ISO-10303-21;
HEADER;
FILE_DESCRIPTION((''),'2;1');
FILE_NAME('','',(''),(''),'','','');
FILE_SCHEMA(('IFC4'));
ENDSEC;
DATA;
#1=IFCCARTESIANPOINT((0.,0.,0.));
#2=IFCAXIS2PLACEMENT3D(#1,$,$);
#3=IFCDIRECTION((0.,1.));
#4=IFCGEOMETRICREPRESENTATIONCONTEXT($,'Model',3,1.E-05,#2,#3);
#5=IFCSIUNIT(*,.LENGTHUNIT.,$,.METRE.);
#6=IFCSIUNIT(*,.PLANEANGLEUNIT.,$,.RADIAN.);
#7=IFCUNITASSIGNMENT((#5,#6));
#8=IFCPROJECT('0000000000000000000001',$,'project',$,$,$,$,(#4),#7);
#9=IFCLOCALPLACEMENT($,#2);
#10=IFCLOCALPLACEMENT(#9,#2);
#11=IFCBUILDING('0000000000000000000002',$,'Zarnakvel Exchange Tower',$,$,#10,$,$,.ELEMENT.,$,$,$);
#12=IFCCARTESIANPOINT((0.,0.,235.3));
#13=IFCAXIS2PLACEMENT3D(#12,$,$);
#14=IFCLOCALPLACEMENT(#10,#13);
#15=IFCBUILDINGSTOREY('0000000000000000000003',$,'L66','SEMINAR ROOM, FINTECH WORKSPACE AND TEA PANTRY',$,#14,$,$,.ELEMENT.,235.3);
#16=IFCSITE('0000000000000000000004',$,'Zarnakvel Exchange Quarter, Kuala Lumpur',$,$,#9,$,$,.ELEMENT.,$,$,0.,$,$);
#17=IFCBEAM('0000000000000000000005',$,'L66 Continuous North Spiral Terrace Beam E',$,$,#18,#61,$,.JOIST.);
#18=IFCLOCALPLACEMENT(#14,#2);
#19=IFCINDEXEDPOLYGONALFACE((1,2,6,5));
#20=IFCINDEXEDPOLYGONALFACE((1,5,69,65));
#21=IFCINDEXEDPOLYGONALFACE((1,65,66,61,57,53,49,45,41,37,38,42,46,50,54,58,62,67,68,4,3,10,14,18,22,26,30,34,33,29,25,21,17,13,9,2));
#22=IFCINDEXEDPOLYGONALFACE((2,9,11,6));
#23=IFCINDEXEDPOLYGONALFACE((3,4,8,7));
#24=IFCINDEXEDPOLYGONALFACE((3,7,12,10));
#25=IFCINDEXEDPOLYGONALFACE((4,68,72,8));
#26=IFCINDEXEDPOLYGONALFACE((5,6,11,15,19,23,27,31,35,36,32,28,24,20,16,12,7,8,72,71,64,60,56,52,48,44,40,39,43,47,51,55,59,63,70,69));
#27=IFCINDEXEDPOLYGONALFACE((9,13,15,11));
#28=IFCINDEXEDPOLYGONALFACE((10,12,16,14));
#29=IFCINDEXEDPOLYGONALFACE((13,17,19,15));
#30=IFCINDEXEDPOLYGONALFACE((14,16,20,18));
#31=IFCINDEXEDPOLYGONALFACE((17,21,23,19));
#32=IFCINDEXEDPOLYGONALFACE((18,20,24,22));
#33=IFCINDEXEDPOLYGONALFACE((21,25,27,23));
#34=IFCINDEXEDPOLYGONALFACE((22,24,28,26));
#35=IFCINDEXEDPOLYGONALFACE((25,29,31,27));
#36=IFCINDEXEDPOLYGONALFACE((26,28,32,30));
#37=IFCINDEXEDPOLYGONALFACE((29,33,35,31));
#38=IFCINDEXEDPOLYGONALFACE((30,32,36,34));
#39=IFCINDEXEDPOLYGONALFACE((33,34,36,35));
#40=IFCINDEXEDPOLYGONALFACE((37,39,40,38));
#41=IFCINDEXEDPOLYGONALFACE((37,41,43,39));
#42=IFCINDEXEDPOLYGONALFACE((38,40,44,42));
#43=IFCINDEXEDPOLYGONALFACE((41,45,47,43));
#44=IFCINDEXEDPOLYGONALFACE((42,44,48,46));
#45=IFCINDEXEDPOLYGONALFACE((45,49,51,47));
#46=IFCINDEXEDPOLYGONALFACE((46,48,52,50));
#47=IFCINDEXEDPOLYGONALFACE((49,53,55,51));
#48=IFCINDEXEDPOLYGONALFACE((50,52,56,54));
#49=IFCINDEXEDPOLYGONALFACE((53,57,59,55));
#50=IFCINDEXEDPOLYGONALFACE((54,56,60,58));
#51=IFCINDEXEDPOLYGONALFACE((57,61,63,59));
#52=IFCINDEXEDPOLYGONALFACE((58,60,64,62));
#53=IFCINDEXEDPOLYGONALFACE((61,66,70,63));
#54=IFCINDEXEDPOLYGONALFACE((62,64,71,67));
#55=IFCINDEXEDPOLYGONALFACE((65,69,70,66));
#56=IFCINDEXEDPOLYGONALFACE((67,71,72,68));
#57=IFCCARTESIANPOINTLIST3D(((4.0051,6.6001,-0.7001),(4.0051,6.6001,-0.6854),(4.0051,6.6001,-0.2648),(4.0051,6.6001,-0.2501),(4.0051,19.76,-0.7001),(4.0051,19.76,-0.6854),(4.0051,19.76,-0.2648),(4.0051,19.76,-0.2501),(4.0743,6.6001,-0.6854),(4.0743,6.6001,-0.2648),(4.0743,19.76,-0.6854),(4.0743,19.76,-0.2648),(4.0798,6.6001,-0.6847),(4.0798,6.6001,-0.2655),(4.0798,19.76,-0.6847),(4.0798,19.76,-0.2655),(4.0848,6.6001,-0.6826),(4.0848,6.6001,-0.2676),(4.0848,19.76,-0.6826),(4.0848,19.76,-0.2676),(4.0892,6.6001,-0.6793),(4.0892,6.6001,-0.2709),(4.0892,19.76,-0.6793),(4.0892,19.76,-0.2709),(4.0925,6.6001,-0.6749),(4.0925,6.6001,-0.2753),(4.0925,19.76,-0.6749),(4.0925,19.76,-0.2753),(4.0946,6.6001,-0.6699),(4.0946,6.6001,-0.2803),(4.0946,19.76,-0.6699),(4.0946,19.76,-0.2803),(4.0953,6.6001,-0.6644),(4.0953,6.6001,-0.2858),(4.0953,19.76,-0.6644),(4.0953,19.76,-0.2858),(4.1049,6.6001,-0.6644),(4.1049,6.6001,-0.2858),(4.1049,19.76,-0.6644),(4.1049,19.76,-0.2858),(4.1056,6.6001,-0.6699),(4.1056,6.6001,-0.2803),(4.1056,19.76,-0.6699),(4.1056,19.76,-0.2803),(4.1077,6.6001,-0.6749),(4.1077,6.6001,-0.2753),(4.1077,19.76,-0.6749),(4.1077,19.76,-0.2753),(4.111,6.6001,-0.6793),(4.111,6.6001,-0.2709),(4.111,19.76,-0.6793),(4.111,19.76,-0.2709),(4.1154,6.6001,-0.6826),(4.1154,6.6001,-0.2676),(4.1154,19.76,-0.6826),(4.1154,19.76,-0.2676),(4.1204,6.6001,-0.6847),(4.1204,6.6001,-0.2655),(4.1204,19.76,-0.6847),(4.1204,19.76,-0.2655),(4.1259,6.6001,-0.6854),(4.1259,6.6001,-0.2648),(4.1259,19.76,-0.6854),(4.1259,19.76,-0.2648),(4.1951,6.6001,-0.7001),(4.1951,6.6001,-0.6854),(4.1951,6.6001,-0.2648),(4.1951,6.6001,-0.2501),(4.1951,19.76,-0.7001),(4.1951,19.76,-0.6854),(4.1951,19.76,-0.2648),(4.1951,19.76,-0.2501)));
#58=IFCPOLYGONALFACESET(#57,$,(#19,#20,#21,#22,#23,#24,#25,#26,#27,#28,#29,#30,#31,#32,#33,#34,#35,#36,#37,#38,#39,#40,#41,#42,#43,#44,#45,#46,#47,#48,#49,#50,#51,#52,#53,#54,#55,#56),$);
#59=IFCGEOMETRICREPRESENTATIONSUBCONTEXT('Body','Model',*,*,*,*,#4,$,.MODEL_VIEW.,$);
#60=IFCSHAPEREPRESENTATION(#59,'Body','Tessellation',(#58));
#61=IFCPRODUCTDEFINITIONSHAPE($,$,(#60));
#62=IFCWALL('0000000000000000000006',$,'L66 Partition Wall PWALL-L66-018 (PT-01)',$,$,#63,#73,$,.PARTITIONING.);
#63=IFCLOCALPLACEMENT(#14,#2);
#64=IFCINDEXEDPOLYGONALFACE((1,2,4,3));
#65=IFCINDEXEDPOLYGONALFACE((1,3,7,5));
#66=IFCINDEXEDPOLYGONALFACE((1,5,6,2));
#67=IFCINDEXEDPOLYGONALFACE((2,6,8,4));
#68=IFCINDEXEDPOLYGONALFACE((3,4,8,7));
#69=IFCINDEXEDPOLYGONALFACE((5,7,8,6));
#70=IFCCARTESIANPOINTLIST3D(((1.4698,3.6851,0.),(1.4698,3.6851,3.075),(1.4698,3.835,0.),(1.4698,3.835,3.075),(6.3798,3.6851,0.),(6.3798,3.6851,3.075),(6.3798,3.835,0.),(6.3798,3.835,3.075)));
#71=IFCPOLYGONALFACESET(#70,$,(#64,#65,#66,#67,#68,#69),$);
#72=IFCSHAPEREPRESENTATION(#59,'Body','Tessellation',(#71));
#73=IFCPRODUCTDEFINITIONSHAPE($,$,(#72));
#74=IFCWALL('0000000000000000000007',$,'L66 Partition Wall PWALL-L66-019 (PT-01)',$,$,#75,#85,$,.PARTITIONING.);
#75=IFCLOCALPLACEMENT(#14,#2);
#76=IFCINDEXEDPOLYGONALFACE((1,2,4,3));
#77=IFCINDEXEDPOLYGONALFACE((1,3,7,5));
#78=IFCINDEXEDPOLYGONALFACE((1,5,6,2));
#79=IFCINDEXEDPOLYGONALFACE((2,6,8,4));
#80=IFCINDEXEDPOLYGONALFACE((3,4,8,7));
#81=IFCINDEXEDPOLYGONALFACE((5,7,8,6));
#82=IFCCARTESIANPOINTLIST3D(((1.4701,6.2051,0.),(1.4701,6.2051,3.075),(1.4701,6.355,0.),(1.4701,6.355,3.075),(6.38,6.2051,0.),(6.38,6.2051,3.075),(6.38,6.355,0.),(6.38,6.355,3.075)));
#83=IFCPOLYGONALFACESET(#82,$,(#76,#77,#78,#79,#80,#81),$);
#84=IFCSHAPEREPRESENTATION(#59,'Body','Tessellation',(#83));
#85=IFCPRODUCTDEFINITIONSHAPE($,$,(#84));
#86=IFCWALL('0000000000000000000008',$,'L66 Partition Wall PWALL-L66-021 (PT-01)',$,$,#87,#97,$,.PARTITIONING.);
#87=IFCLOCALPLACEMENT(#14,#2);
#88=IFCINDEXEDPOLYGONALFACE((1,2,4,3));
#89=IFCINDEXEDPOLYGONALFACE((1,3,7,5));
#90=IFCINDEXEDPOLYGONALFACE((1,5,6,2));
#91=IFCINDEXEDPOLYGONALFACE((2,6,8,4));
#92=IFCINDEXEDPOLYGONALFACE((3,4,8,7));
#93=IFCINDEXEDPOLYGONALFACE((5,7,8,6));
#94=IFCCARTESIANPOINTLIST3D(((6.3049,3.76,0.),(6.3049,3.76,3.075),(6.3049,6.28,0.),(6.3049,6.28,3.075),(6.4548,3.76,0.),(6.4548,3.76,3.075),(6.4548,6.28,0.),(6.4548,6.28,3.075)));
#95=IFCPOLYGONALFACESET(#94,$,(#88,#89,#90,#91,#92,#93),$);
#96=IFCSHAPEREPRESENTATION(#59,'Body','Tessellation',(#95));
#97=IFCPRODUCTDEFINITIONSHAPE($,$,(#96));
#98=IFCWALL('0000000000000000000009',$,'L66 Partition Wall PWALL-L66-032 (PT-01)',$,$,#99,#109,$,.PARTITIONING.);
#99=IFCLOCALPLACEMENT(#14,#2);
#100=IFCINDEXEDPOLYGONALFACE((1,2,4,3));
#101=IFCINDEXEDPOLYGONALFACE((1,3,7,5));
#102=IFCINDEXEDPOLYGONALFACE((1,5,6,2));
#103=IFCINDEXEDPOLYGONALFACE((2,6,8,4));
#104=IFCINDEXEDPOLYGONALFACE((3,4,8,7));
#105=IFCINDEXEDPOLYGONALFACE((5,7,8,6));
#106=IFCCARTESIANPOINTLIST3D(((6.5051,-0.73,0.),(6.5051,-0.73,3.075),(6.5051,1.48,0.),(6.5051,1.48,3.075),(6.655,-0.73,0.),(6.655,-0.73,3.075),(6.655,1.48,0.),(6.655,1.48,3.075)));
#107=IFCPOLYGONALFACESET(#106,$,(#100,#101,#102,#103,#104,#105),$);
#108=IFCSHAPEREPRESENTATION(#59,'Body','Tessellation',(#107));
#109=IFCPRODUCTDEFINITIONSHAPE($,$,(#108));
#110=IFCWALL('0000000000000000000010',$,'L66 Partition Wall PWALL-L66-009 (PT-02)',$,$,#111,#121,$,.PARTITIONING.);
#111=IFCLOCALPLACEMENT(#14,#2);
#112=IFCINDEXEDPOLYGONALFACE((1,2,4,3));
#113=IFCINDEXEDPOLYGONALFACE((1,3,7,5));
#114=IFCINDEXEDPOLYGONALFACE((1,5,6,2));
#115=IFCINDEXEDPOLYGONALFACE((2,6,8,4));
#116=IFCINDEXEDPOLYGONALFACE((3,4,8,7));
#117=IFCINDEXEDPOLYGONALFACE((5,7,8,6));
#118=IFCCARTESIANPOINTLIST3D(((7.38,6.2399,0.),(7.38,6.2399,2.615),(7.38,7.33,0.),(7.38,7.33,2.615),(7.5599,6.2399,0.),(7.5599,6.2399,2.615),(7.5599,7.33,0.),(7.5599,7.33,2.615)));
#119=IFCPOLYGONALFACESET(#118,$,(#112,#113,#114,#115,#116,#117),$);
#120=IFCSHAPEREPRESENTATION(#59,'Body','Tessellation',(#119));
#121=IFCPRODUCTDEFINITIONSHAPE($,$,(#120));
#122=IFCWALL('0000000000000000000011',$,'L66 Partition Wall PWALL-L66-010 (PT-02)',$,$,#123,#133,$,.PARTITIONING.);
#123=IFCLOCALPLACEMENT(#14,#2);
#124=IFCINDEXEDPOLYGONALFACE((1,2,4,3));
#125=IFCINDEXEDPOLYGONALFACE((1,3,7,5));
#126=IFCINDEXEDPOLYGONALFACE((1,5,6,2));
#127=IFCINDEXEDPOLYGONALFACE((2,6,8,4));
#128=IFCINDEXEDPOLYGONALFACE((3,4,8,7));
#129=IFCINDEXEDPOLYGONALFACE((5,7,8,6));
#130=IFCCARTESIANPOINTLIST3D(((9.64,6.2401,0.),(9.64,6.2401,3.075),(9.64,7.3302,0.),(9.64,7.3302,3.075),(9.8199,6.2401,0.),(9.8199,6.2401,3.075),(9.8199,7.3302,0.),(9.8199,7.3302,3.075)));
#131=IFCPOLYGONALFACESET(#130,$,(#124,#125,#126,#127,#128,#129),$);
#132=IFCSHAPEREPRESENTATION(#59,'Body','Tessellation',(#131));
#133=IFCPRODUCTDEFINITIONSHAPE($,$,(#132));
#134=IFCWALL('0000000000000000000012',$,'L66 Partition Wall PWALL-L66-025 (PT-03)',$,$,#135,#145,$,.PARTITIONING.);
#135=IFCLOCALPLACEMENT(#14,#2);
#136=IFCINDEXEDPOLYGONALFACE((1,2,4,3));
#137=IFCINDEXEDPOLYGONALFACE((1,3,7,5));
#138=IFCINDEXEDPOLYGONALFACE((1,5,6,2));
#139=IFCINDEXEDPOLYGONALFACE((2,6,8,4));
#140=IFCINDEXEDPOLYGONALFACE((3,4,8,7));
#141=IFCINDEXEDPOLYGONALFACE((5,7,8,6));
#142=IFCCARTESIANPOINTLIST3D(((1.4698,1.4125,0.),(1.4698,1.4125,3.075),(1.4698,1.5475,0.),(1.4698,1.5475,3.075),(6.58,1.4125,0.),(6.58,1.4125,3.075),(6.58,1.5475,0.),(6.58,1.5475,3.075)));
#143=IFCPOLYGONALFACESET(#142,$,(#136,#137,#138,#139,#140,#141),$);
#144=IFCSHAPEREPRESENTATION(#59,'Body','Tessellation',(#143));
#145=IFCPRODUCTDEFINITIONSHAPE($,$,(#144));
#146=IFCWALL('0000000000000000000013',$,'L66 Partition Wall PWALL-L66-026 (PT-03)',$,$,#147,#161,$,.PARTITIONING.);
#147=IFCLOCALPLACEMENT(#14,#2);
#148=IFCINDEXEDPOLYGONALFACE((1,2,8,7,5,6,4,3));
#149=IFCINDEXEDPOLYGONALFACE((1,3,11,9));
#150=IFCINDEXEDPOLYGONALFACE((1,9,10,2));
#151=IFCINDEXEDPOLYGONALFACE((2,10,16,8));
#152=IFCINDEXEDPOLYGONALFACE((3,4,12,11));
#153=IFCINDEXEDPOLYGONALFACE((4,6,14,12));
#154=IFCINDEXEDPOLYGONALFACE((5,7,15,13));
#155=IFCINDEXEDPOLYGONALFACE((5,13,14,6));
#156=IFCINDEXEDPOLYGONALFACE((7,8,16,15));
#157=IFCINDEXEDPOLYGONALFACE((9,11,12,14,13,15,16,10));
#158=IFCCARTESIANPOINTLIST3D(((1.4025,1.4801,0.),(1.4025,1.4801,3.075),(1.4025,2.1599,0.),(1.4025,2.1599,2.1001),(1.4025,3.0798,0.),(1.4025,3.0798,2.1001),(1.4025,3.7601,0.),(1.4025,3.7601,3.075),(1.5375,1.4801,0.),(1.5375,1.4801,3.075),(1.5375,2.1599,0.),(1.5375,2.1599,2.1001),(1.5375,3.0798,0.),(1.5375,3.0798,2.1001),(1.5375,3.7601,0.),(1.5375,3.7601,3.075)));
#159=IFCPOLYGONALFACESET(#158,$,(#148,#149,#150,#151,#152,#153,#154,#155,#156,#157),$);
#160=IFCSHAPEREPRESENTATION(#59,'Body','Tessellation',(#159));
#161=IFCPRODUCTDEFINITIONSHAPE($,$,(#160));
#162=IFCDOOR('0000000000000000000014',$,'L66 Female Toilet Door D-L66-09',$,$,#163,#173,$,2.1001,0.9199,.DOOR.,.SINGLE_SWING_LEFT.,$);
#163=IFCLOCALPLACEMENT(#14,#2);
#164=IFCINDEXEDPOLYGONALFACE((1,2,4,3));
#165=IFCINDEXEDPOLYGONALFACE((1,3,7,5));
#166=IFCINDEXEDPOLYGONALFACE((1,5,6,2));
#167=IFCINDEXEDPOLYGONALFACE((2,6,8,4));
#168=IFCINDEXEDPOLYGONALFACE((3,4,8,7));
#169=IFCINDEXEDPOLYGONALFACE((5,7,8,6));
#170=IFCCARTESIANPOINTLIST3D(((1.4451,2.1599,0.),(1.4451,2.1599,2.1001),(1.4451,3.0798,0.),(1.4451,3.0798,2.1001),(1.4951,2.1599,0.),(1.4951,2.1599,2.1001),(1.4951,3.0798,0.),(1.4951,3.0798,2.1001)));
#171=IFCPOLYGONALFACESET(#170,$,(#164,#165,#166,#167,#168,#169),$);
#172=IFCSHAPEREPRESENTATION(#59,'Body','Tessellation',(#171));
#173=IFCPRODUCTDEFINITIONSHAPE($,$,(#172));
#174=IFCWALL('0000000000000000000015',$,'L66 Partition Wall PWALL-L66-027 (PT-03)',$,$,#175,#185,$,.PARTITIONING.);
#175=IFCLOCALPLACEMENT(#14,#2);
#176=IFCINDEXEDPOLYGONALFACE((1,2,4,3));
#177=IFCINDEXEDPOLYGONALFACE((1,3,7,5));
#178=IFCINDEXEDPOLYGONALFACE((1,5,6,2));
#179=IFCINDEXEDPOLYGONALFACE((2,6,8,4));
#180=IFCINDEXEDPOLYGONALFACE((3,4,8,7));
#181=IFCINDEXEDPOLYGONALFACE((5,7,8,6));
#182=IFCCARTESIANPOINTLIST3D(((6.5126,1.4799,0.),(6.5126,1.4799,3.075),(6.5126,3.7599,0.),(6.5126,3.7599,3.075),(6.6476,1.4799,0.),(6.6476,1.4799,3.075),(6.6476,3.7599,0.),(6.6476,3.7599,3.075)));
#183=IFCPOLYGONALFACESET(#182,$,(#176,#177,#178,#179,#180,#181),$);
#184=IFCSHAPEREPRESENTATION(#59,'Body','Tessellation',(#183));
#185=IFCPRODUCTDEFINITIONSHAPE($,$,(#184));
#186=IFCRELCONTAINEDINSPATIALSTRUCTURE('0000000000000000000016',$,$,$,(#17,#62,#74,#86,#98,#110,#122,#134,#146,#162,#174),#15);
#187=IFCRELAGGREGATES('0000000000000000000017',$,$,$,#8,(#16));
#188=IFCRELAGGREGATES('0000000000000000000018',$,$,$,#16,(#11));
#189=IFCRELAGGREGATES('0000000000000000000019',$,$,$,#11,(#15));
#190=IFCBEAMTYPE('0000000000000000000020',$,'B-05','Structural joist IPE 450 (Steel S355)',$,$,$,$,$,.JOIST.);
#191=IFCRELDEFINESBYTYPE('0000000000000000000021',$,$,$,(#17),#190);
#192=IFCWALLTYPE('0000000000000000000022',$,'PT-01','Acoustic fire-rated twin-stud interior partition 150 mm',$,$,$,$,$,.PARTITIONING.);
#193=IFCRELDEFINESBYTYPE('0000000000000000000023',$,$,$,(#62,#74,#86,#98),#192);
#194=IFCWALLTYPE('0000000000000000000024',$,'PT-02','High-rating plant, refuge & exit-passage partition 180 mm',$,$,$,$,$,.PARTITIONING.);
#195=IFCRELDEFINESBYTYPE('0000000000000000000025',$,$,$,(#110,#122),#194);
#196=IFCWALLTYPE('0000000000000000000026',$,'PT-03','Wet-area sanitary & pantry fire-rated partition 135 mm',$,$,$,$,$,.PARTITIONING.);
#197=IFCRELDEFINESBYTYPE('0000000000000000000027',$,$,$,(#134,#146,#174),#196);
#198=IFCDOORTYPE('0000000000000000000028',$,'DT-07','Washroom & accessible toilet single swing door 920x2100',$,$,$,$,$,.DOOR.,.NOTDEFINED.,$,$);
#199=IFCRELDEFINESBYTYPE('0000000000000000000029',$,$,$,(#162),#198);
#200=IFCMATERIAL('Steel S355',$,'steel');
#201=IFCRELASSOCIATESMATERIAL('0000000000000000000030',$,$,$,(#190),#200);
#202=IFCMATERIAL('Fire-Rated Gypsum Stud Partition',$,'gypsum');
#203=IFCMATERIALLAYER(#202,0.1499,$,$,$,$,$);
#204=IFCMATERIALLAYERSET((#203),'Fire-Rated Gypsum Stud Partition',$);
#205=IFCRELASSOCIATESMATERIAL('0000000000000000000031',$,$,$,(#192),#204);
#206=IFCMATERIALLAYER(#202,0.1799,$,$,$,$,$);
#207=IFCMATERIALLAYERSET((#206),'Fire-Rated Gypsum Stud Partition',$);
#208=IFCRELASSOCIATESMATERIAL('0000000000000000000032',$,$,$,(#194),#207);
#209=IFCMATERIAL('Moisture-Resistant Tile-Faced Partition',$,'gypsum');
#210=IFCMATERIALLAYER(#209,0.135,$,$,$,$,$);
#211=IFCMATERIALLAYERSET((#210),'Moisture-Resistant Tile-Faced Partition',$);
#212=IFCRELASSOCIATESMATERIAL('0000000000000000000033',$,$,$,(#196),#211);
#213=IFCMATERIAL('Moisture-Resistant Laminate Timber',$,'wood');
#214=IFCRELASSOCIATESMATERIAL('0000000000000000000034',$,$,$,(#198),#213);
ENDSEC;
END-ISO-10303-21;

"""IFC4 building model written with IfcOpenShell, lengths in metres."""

from ifc_helpers import new_model, si_unit, direction, frame, frame_2d, origin, origin_2d, place, context, subcontext, project, spatial, rectangle, i_section, extrude, source, transform, mapped, material, layer, layer_set, material_profile, profile_set, type_object, element, fill, save


model = new_model("IFC4")

# Units and contexts
model_context = context("Model", 3, precision=1e-05, world=origin(), true_north=direction((0.0, 1.0)))
body_context = subcontext(model_context, "Body", "Model", "MODEL_VIEW")
ifc_project = project(units=[si_unit("LENGTHUNIT", "METRE"), si_unit("PLANEANGLEUNIT", "RADIAN")], contexts=[model_context])

# Site, building, storey
site_placement = place(None, origin())
site = spatial("IfcSite", under=ifc_project, at=site_placement, Name="Zarnakvel Exchange Quarter, Kuala Lumpur", CompositionType="ELEMENT", RefElevation=0.0)
building_placement = place(site_placement, origin())
building = spatial("IfcBuilding", under=site, at=building_placement, Name="Zarnakvel Exchange Tower", CompositionType="ELEMENT")
storey_placement = place(building_placement, frame((0.0, 0.0, 235.3)))
storey = spatial("IfcBuildingStorey", under=building, at=storey_placement, Name="L66", Description="SEMINAR ROOM, FINTECH WORKSPACE AND TEA PANTRY", CompositionType="ELEMENT", Elevation=235.3)

# Beam
ifc_material_1 = material(Name="Steel S355", Category="steel")
ifc_material_profile = material_profile(ifc_material_1, i_section(OverallWidth=0.1899, OverallDepth=0.45, WebThickness=0.0095, FlangeThickness=0.0146, FilletRadius=0.021, at=origin_2d()))
ifc_profile_set = profile_set([ifc_material_profile], Name="Steel S355")
beam_type = type_object("IfcBeamType", Name="B-05", Description="Structural joist IPE 450 (Steel S355)", PredefinedType="JOIST", material=ifc_profile_set)
beam_placement = place(storey_placement, frame((4.1001, 6.6001, -0.4751), z_axis=(0.0, 1.0, 0.0), x_axis=(-1.0, 0.0, 0.0)))
element("IfcBeam", 1, at=beam_placement, inside=storey, type_object=beam_type, Name="L66 Continuous North Spiral Terrace Beam E", PredefinedType="JOIST", context=body_context, shape_type="SweptSolid", body=[
    extrude(i_section(OverallWidth=0.1899, OverallDepth=0.45, WebThickness=0.0095, FlangeThickness=0.0146, FilletRadius=0.021, at=origin_2d()), origin(), (0.0, 0.0, 1.0), 13.1599),
])

# Walls
ifc_material_2 = material(Name="Fire-Rated Gypsum Stud Partition", Category="gypsum")
ifc_layer_1 = layer(ifc_material_2, 0.1499)
ifc_layer_set_1 = layer_set([ifc_layer_1], Name="Fire-Rated Gypsum Stud Partition")
wall_type_1 = type_object("IfcWallType", Name="PT-01", Description="Acoustic fire-rated twin-stud interior partition 150 mm", PredefinedType="PARTITIONING", material=ifc_layer_set_1)
for number, where, z_axis, x_axis, name in (
    (2, (6.3799, 3.76, 0.0), (0.0, 0.0, 1.0), (-1.0, 0.0, 0.0), "L66 Partition Wall PWALL-L66-018 (PT-01)"),
    (3, (1.47, 6.28, 0.0), (0.0, 0.0, 1.0), (1.0, 0.0, 0.0), "L66 Partition Wall PWALL-L66-019 (PT-01)"),
):
    element("IfcWall", number, at=place(storey_placement, frame(where, z_axis=z_axis, x_axis=x_axis)), inside=storey, type_object=wall_type_1, Name=name, PredefinedType="PARTITIONING", context=body_context, shape_type="SweptSolid", body=[
        extrude(rectangle(XDim=4.9099, YDim=0.1499, at=frame_2d((2.4551, 0.0))), origin(), (0.0, 0.0, 1.0), 3.075),
    ])

# Walls
wall_1_placement = place(storey_placement, frame((6.3799, 6.28, 0.0), z_axis=(0.0, 0.0, 1.0), x_axis=(0.0, -1.0, 0.0)))
element("IfcWall", 4, at=wall_1_placement, inside=storey, type_object=wall_type_1, Name="L66 Partition Wall PWALL-L66-021 (PT-01)", PredefinedType="PARTITIONING", context=body_context, shape_type="SweptSolid", body=[
    extrude(rectangle(XDim=2.52, YDim=0.1499, at=frame_2d((1.26, 0.0))), origin(), (0.0, 0.0, 1.0), 3.075),
])
wall_2_placement = place(storey_placement, frame((6.5801, 1.48, 0.0), z_axis=(0.0, 0.0, 1.0), x_axis=(0.0, -1.0, 0.0)))
element("IfcWall", 5, at=wall_2_placement, inside=storey, type_object=wall_type_1, Name="L66 Partition Wall PWALL-L66-032 (PT-01)", PredefinedType="PARTITIONING", context=body_context, shape_type="SweptSolid", body=[
    extrude(rectangle(XDim=2.21, YDim=0.1499, at=frame_2d((1.105, 0.0))), origin(), (0.0, 0.0, 1.0), 3.075),
])
ifc_layer_2 = layer(ifc_material_2, 0.1799)
ifc_layer_set_2 = layer_set([ifc_layer_2], Name="Fire-Rated Gypsum Stud Partition")
wall_type_2 = type_object("IfcWallType", Name="PT-02", Description="High-rating plant, refuge & exit-passage partition 180 mm", PredefinedType="PARTITIONING", material=ifc_layer_set_2)
wall_3_placement = place(storey_placement, frame((7.47, 6.24, 0.0), z_axis=(0.0, 0.0, 1.0), x_axis=(0.0, 1.0, 0.0)))
element("IfcWall", 6, at=wall_3_placement, inside=storey, type_object=wall_type_2, Name="L66 Partition Wall PWALL-L66-009 (PT-02)", PredefinedType="PARTITIONING", context=body_context, shape_type="SweptSolid", body=[
    extrude(rectangle(XDim=1.0901, YDim=0.1799, at=frame_2d((0.5449, 0.0))), origin(), (0.0, 0.0, 1.0), 2.615),
])
wall_4_placement = place(storey_placement, frame((9.73, 7.3301, 0.0), z_axis=(0.0, 0.0, 1.0), x_axis=(0.0, -1.0, 0.0)))
element("IfcWall", 7, at=wall_4_placement, inside=storey, type_object=wall_type_2, Name="L66 Partition Wall PWALL-L66-010 (PT-02)", PredefinedType="PARTITIONING", context=body_context, shape_type="SweptSolid", body=[
    extrude(rectangle(XDim=1.0901, YDim=0.1799, at=frame_2d((0.5449, 0.0))), origin(), (0.0, 0.0, 1.0), 3.075),
])
ifc_material_3 = material(Name="Moisture-Resistant Tile-Faced Partition", Category="gypsum")
ifc_layer_3 = layer(ifc_material_3, 0.135)
ifc_layer_set_3 = layer_set([ifc_layer_3], Name="Moisture-Resistant Tile-Faced Partition")
wall_type_3 = type_object("IfcWallType", Name="PT-03", Description="Wet-area sanitary & pantry fire-rated partition 135 mm", PredefinedType="PARTITIONING", material=ifc_layer_set_3)
wall_5_placement = place(storey_placement, frame((6.5801, 1.48, 0.0), z_axis=(0.0, 0.0, 1.0), x_axis=(-1.0, 0.0, 0.0)))
element("IfcWall", 8, at=wall_5_placement, inside=storey, type_object=wall_type_3, Name="L66 Partition Wall PWALL-L66-025 (PT-03)", PredefinedType="PARTITIONING", context=body_context, shape_type="SweptSolid", body=[
    extrude(rectangle(XDim=5.1101, YDim=0.135, at=frame_2d((2.5552, 0.0))), origin(), (0.0, 0.0, 1.0), 3.075),
])

# Wall, opening, door
wall_6_placement = place(storey_placement, frame((1.47, 1.48, 0.0), z_axis=(0.0, 0.0, 1.0), x_axis=(0.0, 1.0, 0.0)))
wall_6 = element("IfcWall", 9, at=wall_6_placement, inside=storey, type_object=wall_type_3, Name="L66 Partition Wall PWALL-L66-026 (PT-03)", PredefinedType="PARTITIONING", context=body_context, shape_type="SweptSolid", body=[
    extrude(rectangle(XDim=2.28, YDim=0.135, at=frame_2d((1.1401, 0.0))), origin(), (0.0, 0.0, 1.0), 3.075),
])
opening_1_placement = place(wall_6_placement, frame((0.6799, 0.0, 0.0)))
opening_1 = element("IfcOpeningElement", 10, at=opening_1_placement, cuts=wall_6, PredefinedType="OPENING", context=body_context, shape_type="SweptSolid", body=[
    extrude(rectangle(XDim=0.9199, YDim=2.1001, at=frame_2d((0.46, 1.05))), frame((0.0, 0.0774, 0.0), z_axis=(0.0, -1.0, 0.0), x_axis=(1.0, 0.0, 0.0)), (0.0, 0.0, 1.0), 0.155),
])
ifc_material_4 = material(Name="Moisture-Resistant Laminate Timber", Category="wood")
door_type_1 = type_object("IfcDoorType", Name="DT-07", Description="Washroom & accessible toilet single swing door 920x2100", OperationType="NOTDEFINED", PredefinedType="DOOR", material=ifc_material_4)
shared_shape_1 = source(origin(), body_context, "Body", "SweptSolid", [
    extrude(rectangle(XDim=0.9199, YDim=2.1001, at=frame_2d((0.46, 1.05))), frame((0.0, 0.0249, 0.0), z_axis=(0.0, -1.0, 0.0), x_axis=(1.0, 0.0, 0.0)), (0.0, 0.0, 1.0), 0.05),
])
door_1_placement = place(opening_1_placement, origin())
door_1 = element("IfcDoor", 11, at=door_1_placement, inside=storey, type_object=door_type_1, Name="L66 Female Toilet Door D-L66-09", OperationType="SINGLE_SWING_LEFT", OverallHeight=2.1001, OverallWidth=0.9199, PredefinedType="DOOR", context=body_context, shape_type="MappedRepresentation", body=[
    mapped(shared_shape_1, transform((0.0, 0.0, 0.0), x_axis=(1.0, 0.0, 0.0), y_axis=(0.0, 1.0, 0.0), z_axis=(0.0, 0.0, 1.0), scale=1.0)),
])
fill(opening_1, door_1)

# Wall
wall_7_placement = place(storey_placement, frame((6.5801, 3.76, 0.0), z_axis=(0.0, 0.0, 1.0), x_axis=(0.0, -1.0, 0.0)))
element("IfcWall", 12, at=wall_7_placement, inside=storey, type_object=wall_type_3, Name="L66 Partition Wall PWALL-L66-027 (PT-03)", PredefinedType="PARTITIONING", context=body_context, shape_type="SweptSolid", body=[
    extrude(rectangle(XDim=2.28, YDim=0.135, at=frame_2d((1.1401, 0.0))), origin(), (0.0, 0.0, 1.0), 3.075),
])

save(model, "model.ifc")
